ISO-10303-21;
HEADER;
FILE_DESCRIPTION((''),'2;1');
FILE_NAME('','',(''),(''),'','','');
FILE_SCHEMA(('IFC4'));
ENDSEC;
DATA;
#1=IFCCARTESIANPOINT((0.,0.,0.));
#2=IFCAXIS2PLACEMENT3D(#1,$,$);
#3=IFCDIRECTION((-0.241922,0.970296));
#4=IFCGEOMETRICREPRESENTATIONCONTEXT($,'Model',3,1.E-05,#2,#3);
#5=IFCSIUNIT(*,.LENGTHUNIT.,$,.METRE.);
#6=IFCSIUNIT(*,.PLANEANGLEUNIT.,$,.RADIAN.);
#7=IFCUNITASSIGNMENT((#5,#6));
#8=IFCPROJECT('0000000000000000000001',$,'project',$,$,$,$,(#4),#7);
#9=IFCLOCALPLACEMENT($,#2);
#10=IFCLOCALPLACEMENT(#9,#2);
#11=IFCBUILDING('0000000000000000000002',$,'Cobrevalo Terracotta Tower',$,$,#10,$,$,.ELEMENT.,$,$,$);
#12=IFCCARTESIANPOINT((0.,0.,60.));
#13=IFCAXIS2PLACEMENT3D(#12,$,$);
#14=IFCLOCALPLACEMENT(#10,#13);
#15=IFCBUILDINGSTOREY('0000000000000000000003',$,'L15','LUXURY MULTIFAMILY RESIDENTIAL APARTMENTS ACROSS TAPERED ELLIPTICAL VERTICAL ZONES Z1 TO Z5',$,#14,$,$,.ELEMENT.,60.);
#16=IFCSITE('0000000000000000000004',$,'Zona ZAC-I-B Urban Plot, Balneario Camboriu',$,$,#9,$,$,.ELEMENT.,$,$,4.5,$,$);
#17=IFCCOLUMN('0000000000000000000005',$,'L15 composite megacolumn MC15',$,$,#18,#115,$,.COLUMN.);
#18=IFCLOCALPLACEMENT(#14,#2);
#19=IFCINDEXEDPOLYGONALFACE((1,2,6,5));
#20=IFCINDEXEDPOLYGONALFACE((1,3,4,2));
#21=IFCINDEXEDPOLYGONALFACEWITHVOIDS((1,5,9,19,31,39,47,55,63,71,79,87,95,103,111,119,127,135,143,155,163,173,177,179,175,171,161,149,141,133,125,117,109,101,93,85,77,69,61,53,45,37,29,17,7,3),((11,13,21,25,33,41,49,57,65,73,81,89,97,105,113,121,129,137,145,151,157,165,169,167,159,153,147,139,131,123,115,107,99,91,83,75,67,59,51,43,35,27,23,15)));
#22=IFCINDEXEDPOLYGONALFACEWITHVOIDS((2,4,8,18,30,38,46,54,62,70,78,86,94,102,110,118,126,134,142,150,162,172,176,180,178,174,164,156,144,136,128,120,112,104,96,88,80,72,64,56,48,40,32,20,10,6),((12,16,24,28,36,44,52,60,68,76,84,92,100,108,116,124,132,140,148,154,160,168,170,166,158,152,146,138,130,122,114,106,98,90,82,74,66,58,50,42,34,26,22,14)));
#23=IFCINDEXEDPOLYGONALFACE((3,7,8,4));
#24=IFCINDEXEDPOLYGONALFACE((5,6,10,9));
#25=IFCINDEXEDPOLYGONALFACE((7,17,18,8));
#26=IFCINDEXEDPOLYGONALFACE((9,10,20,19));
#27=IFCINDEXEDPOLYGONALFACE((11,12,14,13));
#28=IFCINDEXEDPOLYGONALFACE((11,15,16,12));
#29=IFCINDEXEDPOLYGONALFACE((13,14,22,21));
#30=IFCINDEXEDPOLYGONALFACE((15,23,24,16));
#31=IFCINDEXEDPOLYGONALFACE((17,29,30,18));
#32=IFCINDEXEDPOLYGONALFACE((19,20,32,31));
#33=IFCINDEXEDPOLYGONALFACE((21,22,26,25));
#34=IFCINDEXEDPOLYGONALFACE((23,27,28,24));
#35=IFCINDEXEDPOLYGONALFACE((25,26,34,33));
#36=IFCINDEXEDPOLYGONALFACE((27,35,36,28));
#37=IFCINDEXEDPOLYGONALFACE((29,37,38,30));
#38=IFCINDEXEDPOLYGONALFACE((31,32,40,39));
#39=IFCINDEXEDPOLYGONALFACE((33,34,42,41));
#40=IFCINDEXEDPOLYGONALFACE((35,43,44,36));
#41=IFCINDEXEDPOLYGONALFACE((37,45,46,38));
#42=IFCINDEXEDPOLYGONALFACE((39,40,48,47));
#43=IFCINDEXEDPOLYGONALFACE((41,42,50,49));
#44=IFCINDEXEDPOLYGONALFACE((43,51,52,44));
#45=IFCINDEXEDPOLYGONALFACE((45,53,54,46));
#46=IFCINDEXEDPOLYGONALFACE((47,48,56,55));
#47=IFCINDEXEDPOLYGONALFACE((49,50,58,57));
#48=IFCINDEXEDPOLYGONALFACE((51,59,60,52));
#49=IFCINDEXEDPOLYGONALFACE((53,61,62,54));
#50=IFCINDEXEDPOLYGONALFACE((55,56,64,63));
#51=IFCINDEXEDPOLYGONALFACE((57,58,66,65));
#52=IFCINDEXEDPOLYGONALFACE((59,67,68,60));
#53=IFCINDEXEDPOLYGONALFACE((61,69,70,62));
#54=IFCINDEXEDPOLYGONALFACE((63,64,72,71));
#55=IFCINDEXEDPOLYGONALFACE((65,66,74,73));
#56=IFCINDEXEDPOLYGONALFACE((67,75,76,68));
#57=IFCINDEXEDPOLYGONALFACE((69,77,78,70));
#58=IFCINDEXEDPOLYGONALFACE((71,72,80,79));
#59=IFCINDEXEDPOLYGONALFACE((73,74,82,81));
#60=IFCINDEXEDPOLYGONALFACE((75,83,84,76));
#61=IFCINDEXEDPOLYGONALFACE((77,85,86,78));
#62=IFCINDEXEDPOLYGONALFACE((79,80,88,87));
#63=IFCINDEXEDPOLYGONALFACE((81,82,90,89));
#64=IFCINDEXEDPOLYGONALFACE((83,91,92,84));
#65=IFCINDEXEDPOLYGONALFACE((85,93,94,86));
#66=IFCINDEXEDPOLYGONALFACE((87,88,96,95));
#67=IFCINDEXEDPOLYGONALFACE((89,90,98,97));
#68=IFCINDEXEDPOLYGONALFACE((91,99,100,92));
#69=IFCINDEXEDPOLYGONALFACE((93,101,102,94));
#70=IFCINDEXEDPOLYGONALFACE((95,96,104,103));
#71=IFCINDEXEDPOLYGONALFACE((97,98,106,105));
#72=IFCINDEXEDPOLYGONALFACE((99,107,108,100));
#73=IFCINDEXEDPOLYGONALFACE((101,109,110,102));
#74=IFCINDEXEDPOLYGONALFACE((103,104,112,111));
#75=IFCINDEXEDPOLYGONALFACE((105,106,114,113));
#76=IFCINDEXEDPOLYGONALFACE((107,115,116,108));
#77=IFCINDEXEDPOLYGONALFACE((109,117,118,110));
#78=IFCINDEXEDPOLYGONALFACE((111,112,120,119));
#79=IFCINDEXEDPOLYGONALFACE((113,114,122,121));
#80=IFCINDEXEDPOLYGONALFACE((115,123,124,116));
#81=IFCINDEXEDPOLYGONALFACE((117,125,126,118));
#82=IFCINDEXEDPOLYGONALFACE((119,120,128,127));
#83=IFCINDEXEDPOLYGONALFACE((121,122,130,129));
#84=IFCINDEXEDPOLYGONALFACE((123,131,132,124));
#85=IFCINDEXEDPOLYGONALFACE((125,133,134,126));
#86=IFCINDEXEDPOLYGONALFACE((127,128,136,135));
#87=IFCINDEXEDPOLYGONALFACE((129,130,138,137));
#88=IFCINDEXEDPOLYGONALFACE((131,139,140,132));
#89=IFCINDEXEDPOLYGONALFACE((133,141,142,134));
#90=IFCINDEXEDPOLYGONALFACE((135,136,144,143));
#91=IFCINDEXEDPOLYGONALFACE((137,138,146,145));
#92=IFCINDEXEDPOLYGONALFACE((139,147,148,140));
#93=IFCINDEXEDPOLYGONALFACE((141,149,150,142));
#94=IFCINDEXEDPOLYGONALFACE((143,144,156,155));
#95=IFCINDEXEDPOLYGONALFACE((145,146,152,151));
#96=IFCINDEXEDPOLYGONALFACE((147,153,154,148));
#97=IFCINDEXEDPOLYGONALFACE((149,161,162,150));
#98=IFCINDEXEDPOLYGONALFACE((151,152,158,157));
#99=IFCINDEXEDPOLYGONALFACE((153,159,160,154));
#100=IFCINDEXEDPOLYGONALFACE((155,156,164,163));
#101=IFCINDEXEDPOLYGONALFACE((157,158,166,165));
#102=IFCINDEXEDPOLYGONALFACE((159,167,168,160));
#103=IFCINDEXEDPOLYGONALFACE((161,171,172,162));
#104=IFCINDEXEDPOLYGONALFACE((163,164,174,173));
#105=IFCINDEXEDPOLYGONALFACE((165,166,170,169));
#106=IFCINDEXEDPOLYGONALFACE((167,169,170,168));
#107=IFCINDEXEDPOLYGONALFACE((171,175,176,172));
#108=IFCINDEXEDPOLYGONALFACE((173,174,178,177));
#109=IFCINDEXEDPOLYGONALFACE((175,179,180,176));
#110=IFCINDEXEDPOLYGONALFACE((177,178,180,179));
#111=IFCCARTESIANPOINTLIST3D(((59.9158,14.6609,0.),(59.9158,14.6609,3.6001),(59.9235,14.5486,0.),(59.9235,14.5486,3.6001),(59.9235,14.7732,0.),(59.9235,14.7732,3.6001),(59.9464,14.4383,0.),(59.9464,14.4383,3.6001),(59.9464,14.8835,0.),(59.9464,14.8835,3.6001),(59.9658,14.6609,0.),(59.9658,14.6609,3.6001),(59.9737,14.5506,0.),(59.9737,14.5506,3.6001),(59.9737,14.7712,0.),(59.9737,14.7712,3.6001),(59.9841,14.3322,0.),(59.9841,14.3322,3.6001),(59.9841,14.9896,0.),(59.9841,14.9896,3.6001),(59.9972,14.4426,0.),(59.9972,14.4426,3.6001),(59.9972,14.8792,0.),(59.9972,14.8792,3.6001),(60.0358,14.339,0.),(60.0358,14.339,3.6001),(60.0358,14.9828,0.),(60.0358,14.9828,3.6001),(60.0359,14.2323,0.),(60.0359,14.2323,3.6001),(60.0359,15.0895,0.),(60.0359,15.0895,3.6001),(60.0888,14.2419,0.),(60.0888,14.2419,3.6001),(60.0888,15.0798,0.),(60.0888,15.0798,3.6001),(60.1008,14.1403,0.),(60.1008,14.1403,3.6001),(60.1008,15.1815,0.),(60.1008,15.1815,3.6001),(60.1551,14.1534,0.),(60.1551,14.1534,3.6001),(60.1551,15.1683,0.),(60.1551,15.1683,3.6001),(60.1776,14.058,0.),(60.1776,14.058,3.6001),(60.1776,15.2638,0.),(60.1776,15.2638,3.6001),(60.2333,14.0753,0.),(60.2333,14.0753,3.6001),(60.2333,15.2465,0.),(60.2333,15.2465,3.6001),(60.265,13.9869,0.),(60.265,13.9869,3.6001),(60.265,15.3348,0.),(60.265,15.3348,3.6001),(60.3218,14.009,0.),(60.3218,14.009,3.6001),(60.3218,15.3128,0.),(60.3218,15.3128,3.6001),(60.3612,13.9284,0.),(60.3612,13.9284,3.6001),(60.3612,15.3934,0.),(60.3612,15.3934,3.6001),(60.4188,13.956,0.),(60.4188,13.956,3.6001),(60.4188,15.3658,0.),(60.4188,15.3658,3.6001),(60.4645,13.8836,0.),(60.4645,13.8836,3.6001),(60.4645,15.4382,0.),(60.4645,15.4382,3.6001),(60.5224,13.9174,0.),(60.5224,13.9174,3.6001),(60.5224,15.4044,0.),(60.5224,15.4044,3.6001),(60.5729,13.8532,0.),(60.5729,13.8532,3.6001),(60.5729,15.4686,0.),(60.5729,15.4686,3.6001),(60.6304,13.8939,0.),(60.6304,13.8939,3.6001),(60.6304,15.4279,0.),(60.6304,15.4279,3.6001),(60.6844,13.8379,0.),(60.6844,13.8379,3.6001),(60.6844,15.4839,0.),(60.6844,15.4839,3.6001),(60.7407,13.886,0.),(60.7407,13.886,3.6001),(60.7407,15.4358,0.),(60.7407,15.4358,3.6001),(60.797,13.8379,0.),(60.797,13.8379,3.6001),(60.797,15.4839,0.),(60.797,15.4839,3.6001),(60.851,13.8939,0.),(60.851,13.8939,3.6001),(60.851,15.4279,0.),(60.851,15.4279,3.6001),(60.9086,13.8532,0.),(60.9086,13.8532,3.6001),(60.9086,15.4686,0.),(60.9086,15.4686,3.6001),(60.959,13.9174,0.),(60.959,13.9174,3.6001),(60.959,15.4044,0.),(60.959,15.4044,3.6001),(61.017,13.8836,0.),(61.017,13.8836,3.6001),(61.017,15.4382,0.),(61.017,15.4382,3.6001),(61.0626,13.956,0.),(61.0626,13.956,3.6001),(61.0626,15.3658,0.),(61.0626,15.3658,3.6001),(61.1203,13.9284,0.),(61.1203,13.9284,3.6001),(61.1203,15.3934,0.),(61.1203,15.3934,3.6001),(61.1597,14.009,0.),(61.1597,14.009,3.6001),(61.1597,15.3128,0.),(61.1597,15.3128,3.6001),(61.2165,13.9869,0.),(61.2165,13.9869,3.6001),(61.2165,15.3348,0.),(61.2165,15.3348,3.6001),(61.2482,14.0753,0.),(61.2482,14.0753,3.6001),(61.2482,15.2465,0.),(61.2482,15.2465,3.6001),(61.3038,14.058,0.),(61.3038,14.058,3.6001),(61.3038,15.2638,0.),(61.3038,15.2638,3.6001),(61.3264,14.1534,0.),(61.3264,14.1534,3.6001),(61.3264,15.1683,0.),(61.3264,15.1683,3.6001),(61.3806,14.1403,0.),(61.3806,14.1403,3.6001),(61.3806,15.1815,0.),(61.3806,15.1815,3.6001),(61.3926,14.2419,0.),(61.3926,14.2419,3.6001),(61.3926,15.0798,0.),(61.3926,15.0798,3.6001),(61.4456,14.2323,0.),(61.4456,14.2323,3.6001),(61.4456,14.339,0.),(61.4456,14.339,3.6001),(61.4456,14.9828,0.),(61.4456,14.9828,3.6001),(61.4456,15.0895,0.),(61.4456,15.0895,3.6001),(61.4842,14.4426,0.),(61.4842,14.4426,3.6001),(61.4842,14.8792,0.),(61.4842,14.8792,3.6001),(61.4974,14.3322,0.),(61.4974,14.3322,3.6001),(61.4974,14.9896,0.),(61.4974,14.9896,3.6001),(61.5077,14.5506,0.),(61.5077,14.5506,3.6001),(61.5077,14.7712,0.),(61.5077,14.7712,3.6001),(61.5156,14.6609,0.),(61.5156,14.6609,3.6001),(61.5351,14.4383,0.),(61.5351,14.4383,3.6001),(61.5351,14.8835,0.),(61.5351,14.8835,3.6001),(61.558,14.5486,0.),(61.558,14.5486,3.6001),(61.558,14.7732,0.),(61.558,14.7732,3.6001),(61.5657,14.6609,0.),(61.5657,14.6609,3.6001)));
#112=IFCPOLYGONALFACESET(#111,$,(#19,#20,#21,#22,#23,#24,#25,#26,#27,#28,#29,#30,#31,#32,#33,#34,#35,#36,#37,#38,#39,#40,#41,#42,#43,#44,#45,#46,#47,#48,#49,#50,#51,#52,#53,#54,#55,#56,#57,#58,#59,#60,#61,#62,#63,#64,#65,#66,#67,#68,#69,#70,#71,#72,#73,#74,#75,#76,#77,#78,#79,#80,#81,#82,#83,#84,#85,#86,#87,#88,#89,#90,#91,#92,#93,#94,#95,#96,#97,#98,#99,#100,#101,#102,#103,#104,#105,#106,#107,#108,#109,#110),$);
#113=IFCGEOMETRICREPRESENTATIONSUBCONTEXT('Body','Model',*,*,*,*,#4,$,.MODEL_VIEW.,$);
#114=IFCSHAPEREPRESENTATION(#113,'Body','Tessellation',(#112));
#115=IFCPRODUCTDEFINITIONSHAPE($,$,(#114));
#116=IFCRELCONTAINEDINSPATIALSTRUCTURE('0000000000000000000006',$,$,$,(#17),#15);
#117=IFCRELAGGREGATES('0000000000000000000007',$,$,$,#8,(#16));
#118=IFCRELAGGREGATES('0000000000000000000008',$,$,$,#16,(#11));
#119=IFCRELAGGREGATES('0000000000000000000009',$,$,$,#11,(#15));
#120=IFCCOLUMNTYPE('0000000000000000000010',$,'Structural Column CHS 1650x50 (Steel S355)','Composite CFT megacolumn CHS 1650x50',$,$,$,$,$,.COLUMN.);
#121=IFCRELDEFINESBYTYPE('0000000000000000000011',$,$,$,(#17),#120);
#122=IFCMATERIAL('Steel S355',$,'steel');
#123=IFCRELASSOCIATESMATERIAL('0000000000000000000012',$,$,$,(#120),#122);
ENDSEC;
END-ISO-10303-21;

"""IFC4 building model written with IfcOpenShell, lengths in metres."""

from ifc_helpers import new_model, si_unit, direction, frame, origin, origin_2d, place, context, subcontext, project, spatial, hollow_circle, extrude, material, material_profile, profile_set, type_object, element, save


model = new_model("IFC4")

# Units and contexts
model_context = context("Model", 3, precision=1e-05, world=origin(), true_north=direction((-0.241922, 0.970296)))
body_context = subcontext(model_context, "Body", "Model", "MODEL_VIEW")
ifc_project = project(units=[si_unit("LENGTHUNIT", "METRE"), si_unit("PLANEANGLEUNIT", "RADIAN")], contexts=[model_context])

# Site, building, storey
site_placement = place(None, origin())
site = spatial("IfcSite", under=ifc_project, at=site_placement, Name="Zona ZAC-I-B Urban Plot, Balneario Camboriu", CompositionType="ELEMENT", RefElevation=4.5)
building_placement = place(site_placement, origin())
building = spatial("IfcBuilding", under=site, at=building_placement, Name="Cobrevalo Terracotta Tower", CompositionType="ELEMENT")
storey_placement = place(building_placement, frame((0.0, 0.0, 60.0)))
storey = spatial("IfcBuildingStorey", under=building, at=storey_placement, Name="L15", Description="LUXURY MULTIFAMILY RESIDENTIAL APARTMENTS ACROSS TAPERED ELLIPTICAL VERTICAL ZONES Z1 TO Z5", CompositionType="ELEMENT", Elevation=60.0)

# Column
ifc_material_1 = material(Name="Steel S355", Category="steel")
ifc_material_profile_1 = material_profile(ifc_material_1, hollow_circle(Radius=0.825, WallThickness=0.05, at=origin_2d()), Name="CHS 1650x50")
ifc_profile_set_1 = profile_set([ifc_material_profile_1], Name="Steel S355")
column_type = type_object("IfcColumnType", Name="Structural Column CHS 1650x50 (Steel S355)", Description="Composite CFT megacolumn CHS 1650x50", PredefinedType="COLUMN", material=ifc_profile_set_1)
for number, where, z_axis, x_axis, name in (
    (1, (60.7407, 14.6609, 0.0), (0.0, 0.0, 1.0), (1.0, 0.0, 0.0), "L15 composite megacolumn MC15"),
):
    element("IfcColumn", number, at=place(storey_placement, frame(where, z_axis=z_axis, x_axis=x_axis)), inside=storey, type_object=column_type, Name=name, PredefinedType="COLUMN", context=body_context, shape_type="SweptSolid", body=[
        extrude(hollow_circle(Radius=0.825, WallThickness=0.05, at=origin_2d()), origin(), (0.0, 0.0, 1.0), 3.6001),
    ])

save(model, "model.ifc")
